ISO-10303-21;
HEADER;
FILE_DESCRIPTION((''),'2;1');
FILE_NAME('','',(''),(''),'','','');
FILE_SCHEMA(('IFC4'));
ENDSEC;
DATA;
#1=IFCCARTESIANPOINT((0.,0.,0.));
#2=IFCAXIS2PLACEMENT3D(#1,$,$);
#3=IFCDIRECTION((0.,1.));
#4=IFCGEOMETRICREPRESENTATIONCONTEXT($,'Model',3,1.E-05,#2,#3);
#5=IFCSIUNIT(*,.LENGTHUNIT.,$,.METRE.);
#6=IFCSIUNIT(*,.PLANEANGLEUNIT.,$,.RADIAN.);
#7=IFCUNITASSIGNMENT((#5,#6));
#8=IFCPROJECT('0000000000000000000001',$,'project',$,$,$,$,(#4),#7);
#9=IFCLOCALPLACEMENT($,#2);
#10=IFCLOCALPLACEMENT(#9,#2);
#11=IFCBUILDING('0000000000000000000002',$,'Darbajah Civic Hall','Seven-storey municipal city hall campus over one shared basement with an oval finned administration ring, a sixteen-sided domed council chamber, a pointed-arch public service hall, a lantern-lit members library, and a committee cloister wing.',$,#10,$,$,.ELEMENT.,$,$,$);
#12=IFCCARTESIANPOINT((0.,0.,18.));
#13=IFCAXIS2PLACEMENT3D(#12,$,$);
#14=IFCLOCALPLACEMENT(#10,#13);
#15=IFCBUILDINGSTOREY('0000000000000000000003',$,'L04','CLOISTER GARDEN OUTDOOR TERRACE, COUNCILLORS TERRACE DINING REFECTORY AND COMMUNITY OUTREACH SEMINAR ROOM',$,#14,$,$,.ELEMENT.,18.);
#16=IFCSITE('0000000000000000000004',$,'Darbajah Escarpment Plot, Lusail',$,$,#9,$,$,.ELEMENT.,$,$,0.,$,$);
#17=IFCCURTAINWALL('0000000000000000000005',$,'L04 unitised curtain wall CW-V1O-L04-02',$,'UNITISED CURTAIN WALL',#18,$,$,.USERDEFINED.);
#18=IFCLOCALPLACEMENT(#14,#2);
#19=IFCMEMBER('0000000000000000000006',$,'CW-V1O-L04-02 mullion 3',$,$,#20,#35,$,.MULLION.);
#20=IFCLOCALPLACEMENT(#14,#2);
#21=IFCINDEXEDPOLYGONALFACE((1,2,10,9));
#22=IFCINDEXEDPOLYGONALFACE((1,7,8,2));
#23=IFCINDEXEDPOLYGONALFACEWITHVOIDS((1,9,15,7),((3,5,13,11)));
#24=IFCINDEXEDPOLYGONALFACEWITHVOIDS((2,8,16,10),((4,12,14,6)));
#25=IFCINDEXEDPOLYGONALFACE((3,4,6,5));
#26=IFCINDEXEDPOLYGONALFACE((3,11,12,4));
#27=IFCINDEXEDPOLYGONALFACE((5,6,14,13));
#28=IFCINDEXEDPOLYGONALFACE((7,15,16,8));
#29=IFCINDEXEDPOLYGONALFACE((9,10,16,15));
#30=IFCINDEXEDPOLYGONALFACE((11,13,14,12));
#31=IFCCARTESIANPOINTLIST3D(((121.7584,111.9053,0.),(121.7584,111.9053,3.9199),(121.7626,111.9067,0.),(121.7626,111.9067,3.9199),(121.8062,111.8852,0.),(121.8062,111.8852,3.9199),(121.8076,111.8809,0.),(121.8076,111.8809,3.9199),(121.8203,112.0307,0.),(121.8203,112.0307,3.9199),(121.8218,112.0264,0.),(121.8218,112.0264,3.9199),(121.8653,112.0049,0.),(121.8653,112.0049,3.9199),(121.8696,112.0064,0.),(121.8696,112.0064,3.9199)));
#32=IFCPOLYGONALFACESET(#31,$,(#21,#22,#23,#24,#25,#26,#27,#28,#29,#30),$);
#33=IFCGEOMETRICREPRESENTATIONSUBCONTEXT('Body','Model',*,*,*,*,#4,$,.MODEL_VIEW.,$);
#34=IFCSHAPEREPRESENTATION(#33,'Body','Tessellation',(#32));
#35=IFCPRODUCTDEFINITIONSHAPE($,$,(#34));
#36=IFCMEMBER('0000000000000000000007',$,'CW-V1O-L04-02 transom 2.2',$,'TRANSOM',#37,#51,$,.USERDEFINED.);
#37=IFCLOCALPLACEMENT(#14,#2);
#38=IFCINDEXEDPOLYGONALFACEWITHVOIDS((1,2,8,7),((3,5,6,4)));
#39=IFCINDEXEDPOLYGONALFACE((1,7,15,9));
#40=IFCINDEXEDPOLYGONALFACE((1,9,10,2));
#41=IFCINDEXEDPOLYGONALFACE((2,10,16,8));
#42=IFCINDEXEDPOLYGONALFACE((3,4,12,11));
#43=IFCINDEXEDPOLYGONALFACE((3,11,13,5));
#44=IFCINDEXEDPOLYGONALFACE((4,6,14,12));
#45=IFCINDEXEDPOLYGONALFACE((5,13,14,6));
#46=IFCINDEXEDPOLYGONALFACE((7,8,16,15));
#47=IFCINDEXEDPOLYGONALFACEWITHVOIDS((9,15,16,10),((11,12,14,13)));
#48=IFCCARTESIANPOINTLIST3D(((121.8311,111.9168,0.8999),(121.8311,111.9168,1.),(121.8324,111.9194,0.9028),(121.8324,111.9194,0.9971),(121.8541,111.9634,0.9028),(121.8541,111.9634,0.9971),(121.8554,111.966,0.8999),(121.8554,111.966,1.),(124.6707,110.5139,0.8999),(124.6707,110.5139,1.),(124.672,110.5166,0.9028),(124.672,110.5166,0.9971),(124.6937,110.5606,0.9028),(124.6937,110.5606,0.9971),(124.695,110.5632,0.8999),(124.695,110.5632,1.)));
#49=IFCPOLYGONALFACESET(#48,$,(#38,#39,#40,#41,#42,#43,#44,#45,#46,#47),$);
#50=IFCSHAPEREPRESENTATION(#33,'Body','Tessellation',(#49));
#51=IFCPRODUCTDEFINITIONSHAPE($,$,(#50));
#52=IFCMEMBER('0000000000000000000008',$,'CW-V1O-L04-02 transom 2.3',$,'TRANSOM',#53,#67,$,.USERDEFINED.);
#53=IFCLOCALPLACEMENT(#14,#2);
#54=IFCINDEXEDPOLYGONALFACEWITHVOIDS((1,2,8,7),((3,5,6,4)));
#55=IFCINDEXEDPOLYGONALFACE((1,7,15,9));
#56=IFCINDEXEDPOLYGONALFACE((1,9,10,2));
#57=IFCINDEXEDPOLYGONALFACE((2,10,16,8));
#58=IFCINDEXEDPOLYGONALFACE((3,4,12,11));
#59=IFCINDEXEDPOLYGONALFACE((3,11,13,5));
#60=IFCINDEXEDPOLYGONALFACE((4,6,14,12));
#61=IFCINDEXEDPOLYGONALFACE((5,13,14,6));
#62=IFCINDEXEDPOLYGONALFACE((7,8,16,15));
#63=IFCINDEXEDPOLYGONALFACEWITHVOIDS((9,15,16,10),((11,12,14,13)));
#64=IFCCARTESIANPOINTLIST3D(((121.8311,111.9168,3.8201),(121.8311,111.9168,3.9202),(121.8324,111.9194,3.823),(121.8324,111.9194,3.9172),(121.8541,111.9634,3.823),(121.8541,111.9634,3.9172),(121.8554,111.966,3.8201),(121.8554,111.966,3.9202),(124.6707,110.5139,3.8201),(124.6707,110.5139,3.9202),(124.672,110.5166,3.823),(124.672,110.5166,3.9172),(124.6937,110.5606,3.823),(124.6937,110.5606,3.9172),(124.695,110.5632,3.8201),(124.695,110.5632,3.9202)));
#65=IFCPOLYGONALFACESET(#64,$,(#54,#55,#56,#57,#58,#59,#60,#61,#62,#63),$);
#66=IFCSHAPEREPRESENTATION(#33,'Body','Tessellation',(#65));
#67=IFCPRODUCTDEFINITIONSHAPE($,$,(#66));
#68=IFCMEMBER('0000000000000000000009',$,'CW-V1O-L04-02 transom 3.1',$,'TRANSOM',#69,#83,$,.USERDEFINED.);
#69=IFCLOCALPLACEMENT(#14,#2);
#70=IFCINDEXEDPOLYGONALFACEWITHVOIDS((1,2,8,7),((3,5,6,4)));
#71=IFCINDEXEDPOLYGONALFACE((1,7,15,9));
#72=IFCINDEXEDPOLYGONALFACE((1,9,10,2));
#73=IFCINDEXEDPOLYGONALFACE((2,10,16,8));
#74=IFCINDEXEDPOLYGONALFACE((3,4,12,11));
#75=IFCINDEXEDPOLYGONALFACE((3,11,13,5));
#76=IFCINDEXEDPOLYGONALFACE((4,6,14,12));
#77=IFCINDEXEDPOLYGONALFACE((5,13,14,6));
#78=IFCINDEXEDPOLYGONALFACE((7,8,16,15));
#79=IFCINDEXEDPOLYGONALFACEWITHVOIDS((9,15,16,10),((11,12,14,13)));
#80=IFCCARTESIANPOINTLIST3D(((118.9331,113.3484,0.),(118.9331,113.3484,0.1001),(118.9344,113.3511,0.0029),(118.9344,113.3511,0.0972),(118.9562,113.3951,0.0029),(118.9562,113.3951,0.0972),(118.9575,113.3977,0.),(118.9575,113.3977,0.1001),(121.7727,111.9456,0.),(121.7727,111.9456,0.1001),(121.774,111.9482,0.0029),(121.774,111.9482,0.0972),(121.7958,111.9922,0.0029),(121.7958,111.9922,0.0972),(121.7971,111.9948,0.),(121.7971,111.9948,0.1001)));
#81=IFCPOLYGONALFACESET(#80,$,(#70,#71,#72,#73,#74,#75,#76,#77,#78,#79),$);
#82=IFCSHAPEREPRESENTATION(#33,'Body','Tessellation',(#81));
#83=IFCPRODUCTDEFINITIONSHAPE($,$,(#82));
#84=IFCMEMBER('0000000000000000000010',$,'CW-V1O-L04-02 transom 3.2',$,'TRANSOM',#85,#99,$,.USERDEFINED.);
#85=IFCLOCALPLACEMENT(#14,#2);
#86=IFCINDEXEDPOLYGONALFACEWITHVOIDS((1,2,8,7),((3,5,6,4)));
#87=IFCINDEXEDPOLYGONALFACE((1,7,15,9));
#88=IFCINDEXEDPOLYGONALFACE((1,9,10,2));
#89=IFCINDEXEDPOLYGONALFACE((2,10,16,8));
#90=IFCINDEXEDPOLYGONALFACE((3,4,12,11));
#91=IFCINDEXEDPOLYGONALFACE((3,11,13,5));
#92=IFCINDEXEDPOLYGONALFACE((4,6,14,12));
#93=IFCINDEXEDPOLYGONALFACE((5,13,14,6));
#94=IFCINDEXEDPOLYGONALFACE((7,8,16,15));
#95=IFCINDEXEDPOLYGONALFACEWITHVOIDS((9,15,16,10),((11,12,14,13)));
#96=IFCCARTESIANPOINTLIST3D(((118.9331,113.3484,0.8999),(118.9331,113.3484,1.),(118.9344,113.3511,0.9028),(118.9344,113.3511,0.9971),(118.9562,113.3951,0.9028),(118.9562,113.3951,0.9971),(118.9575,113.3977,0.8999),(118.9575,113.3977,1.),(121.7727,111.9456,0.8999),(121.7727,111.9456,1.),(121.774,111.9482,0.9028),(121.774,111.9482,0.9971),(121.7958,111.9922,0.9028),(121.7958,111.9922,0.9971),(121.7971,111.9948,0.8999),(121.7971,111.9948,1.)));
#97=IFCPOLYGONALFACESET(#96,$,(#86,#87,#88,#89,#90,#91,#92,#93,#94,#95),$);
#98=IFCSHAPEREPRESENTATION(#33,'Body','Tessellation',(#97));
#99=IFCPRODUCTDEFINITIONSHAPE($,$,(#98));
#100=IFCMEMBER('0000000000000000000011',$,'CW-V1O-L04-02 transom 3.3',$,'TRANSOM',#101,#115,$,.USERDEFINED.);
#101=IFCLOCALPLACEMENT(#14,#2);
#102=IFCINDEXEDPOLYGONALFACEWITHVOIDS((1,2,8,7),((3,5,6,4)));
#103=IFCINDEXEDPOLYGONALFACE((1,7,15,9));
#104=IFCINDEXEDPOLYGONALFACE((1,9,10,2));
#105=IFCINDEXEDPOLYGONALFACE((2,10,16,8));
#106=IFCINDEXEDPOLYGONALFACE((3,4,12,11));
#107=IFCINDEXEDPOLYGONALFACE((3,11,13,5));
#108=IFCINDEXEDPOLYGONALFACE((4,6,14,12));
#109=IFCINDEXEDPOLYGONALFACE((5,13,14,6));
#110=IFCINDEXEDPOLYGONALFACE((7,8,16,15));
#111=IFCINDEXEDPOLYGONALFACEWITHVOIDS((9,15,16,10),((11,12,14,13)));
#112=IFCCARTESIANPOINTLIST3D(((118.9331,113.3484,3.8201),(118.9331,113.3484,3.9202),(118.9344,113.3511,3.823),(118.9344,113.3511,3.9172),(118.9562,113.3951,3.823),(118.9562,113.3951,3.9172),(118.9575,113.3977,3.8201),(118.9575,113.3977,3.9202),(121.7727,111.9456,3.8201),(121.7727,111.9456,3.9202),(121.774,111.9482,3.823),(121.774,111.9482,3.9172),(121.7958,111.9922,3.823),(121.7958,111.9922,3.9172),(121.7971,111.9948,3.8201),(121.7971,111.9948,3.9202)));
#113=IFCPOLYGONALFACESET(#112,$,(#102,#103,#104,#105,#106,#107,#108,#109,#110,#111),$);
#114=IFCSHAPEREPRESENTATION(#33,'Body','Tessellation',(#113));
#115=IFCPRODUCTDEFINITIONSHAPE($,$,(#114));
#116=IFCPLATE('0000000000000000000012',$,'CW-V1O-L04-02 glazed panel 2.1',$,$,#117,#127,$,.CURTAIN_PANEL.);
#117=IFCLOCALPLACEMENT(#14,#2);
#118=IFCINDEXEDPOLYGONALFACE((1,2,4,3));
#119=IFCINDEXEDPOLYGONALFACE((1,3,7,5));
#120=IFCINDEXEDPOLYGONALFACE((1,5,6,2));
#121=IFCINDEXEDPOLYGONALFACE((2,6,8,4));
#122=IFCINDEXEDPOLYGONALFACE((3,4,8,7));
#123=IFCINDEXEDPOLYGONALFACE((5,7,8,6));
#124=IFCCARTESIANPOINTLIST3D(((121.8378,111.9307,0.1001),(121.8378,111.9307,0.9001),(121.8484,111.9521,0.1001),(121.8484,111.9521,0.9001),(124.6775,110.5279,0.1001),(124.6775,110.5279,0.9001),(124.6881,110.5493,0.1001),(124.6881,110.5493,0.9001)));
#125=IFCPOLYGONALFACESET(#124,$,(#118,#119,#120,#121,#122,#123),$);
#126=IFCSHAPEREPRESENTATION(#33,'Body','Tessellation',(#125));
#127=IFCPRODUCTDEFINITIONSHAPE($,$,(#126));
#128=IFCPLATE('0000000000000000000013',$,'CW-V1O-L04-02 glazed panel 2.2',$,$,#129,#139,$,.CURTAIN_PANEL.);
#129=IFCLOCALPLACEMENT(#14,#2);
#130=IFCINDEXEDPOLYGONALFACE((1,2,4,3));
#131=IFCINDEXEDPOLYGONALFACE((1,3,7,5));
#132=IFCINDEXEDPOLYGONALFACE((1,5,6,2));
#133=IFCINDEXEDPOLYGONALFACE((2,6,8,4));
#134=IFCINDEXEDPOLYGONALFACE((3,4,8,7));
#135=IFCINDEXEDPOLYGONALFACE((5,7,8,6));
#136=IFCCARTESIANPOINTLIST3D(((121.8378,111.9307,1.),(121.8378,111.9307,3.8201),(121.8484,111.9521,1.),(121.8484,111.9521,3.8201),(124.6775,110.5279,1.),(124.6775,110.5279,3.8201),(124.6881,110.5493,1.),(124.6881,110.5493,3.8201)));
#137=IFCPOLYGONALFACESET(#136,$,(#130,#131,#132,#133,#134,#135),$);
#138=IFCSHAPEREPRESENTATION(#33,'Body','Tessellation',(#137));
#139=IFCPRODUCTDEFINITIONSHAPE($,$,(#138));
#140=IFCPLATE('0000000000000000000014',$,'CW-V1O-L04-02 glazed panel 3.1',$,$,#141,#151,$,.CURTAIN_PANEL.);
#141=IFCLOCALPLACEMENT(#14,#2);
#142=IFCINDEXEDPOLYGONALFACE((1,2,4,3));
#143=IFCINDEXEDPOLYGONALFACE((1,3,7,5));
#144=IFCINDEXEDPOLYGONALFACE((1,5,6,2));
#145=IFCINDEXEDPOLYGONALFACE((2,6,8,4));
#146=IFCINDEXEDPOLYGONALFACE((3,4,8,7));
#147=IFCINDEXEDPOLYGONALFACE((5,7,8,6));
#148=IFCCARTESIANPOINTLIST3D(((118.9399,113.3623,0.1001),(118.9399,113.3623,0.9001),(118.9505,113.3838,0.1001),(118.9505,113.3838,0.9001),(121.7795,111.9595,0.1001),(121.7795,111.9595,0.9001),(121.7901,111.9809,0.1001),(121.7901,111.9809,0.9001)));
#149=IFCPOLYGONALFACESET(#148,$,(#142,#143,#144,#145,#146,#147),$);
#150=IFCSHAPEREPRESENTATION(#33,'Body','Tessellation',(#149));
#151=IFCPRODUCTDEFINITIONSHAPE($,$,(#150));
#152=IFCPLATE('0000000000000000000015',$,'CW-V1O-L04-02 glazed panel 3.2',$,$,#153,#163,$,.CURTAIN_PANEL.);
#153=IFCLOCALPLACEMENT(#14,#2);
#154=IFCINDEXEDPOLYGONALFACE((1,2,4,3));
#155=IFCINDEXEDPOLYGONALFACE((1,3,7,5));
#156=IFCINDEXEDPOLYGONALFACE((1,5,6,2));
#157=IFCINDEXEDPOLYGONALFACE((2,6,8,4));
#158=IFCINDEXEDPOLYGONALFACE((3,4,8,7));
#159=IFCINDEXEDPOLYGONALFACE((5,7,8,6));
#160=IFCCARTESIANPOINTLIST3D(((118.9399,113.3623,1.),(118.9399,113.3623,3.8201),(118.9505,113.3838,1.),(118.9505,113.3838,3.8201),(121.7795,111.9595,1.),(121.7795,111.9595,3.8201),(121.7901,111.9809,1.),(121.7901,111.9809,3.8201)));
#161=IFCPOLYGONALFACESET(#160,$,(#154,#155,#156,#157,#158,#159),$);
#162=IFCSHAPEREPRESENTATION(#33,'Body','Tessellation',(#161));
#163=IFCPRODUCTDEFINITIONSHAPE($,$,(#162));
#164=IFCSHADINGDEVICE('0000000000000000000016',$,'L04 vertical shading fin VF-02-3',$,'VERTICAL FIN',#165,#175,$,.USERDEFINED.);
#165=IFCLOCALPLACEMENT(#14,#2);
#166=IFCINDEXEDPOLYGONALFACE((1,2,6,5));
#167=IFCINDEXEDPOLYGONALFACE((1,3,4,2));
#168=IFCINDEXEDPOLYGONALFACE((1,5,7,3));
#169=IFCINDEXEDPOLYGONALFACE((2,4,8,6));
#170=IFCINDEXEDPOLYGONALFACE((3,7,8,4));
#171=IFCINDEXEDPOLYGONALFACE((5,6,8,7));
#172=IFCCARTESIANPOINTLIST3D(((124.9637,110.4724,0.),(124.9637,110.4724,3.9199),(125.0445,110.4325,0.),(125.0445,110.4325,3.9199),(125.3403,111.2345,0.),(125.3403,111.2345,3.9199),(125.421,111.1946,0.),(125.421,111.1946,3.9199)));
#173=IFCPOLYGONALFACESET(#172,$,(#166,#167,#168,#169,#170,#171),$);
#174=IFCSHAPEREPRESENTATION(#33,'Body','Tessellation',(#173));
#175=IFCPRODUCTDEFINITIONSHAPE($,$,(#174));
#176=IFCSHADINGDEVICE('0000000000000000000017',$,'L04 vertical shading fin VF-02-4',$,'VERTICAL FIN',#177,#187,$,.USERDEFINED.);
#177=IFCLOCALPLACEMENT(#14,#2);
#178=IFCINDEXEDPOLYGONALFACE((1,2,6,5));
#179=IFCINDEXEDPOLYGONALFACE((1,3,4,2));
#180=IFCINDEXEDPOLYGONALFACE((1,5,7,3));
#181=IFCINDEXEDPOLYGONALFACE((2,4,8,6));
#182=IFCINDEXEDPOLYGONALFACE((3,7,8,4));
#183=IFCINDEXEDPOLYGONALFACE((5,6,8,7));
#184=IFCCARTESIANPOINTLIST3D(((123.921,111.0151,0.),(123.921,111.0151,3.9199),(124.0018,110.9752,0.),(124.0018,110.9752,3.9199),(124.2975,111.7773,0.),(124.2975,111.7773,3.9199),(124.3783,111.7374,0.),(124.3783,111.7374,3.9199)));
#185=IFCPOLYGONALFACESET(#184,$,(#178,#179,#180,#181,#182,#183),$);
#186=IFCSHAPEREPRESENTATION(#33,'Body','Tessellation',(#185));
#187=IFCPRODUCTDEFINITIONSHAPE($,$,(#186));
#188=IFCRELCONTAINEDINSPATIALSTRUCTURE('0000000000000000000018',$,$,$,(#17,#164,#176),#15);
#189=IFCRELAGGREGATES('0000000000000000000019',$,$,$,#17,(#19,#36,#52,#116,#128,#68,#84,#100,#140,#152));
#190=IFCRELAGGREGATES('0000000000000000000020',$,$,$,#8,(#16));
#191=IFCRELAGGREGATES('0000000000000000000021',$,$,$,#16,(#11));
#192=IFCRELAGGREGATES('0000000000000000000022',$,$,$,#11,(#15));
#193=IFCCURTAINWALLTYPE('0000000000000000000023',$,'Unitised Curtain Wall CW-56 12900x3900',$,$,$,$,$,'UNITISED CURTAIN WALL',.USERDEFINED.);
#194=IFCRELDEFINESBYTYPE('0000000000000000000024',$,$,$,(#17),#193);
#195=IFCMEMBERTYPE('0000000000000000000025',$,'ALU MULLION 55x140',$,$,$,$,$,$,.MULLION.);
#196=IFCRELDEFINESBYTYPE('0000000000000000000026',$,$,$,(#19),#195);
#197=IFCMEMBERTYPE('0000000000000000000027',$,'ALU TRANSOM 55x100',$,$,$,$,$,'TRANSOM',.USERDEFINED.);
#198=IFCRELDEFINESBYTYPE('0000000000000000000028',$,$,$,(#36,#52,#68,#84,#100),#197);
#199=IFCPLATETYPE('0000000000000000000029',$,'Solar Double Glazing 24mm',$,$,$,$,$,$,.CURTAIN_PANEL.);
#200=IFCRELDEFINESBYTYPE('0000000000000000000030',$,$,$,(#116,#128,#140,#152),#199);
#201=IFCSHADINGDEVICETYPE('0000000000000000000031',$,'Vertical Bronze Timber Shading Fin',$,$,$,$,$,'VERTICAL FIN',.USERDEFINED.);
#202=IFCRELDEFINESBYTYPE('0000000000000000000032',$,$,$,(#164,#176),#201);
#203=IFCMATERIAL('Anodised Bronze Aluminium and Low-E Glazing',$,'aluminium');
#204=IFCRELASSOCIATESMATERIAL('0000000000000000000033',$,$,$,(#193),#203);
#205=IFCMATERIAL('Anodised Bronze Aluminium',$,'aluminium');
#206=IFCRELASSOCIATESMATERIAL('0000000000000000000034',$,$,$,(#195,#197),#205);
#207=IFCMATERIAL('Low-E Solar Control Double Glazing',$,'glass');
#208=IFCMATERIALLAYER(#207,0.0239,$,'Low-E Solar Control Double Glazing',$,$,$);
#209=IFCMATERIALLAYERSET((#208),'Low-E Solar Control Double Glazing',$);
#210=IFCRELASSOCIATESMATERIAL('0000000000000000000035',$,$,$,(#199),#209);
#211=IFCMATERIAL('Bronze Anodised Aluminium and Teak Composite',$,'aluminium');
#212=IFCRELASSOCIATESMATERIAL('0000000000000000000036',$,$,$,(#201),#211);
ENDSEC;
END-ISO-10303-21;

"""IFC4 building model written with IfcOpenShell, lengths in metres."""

from ifc_helpers import new_model, si_unit, direction, frame, origin, origin_2d, place, context, subcontext, project, spatial, rectangle, hollow_rectangle, extrude, material, layer, layer_set, material_profile, profile_set, type_object, element, aggregate, save


model = new_model("IFC4")

# Units and contexts
model_context = context("Model", 3, precision=1e-05, world=origin(), true_north=direction((0.0, 1.0)))
body_context = subcontext(model_context, "Body", "Model", "MODEL_VIEW")
ifc_project = project(units=[si_unit("LENGTHUNIT", "METRE"), si_unit("PLANEANGLEUNIT", "RADIAN")], contexts=[model_context])

# Site, building, storey
site_placement = place(None, origin())
site = spatial("IfcSite", under=ifc_project, at=site_placement, Name="Darbajah Escarpment Plot, Lusail", CompositionType="ELEMENT", RefElevation=0.0)
building_placement = place(site_placement, origin())
building = spatial("IfcBuilding", under=site, at=building_placement, Name="Darbajah Civic Hall", Description="Seven-storey municipal city hall campus over one shared basement with an oval finned administration ring, a sixteen-sided domed council chamber, a pointed-arch public service hall, a lantern-lit members library, and a committee cloister wing.", CompositionType="ELEMENT")
storey_placement = place(building_placement, frame((0.0, 0.0, 18.0)))
storey = spatial("IfcBuildingStorey", under=building, at=storey_placement, Name="L04", Description="CLOISTER GARDEN OUTDOOR TERRACE, COUNCILLORS TERRACE DINING REFECTORY AND COMMUNITY OUTREACH SEMINAR ROOM", CompositionType="ELEMENT", Elevation=18.0)

# Curtain wall, members, plates
ifc_material_1 = material(Name="Anodised Bronze Aluminium and Low-E Glazing", Category="aluminium")
curtain_wall_type = type_object("IfcCurtainWallType", Name="Unitised Curtain Wall CW-56 12900x3900", ElementType="UNITISED CURTAIN WALL", PredefinedType="USERDEFINED", material=ifc_material_1)
curtain_wall_placement = place(storey_placement, origin())
curtain_wall = element("IfcCurtainWall", 1, at=curtain_wall_placement, inside=storey, type_object=curtain_wall_type, Name="L04 unitised curtain wall CW-V1O-L04-02", ObjectType="UNITISED CURTAIN WALL", PredefinedType="USERDEFINED")
ifc_material_2 = material(Name="Anodised Bronze Aluminium", Category="aluminium")
ifc_material_profile_1 = material_profile(ifc_material_2, hollow_rectangle(XDim=0.0549, YDim=0.1399, WallThickness=0.0032, at=origin_2d()), Name="ALU MULLION 55x140")
ifc_profile_set_1 = profile_set([ifc_material_profile_1], Name="Anodised Bronze Aluminium")
member_type_1 = type_object("IfcMemberType", Name="ALU MULLION 55x140", PredefinedType="MULLION", material=ifc_profile_set_1)
member_1_placement = place(storey_placement, frame((121.814, 111.9558, 0.0), z_axis=(0.0, 0.0, 1.0), x_axis=(-0.896564, 0.442915, 0.0)))
member_1 = element("IfcMember", 2, at=member_1_placement, type_object=member_type_1, Name="CW-V1O-L04-02 mullion 3", PredefinedType="MULLION", context=body_context, shape_type="SweptSolid", body=[
    extrude(hollow_rectangle(XDim=0.0549, YDim=0.1399, WallThickness=0.0032, at=origin_2d()), origin(), (0.0, 0.0, 1.0), 3.9199),
])
ifc_material_profile_2 = material_profile(ifc_material_2, hollow_rectangle(XDim=0.0549, YDim=0.1001, WallThickness=0.0029, at=origin_2d()), Name="ALU TRANSOM 55x100")
ifc_profile_set_2 = profile_set([ifc_material_profile_2], Name="Anodised Bronze Aluminium")
member_type_2 = type_object("IfcMemberType", Name="ALU TRANSOM 55x100", ElementType="TRANSOM", PredefinedType="USERDEFINED", material=ifc_profile_set_2)
member_2_placement = place(storey_placement, frame((124.6829, 110.5386, 0.95), z_axis=(-0.89656, 0.442923, 0.0), x_axis=(-0.442923, -0.89656, 0.0)))
member_2 = element("IfcMember", 3, at=member_2_placement, type_object=member_type_2, Name="CW-V1O-L04-02 transom 2.2", ObjectType="TRANSOM", PredefinedType="USERDEFINED", context=body_context, shape_type="SweptSolid", body=[
    extrude(hollow_rectangle(XDim=0.0549, YDim=0.1001, WallThickness=0.0029, at=origin_2d()), origin(), (0.0, 0.0, 1.0), 3.1672),
])
member_3_placement = place(storey_placement, frame((124.6829, 110.5386, 3.8701), z_axis=(-0.89656, 0.442923, 0.0), x_axis=(-0.442923, -0.89656, 0.0)))
member_3 = element("IfcMember", 4, at=member_3_placement, type_object=member_type_2, Name="CW-V1O-L04-02 transom 2.3", ObjectType="TRANSOM", PredefinedType="USERDEFINED", context=body_context, shape_type="SweptSolid", body=[
    extrude(hollow_rectangle(XDim=0.0549, YDim=0.1001, WallThickness=0.0029, at=origin_2d()), origin(), (0.0, 0.0, 1.0), 3.1672),
])
member_4_placement = place(storey_placement, frame((121.7849, 111.9702, 0.05), z_axis=(-0.89656, 0.442923, 0.0), x_axis=(-0.442923, -0.89656, 0.0)))
member_4 = element("IfcMember", 5, at=member_4_placement, type_object=member_type_2, Name="CW-V1O-L04-02 transom 3.1", ObjectType="TRANSOM", PredefinedType="USERDEFINED", context=body_context, shape_type="SweptSolid", body=[
    extrude(hollow_rectangle(XDim=0.0549, YDim=0.1001, WallThickness=0.0029, at=origin_2d()), origin(), (0.0, 0.0, 1.0), 3.1672),
])
member_5_placement = place(storey_placement, frame((121.7849, 111.9702, 0.95), z_axis=(-0.89656, 0.442923, 0.0), x_axis=(-0.442923, -0.89656, 0.0)))
member_5 = element("IfcMember", 6, at=member_5_placement, type_object=member_type_2, Name="CW-V1O-L04-02 transom 3.2", ObjectType="TRANSOM", PredefinedType="USERDEFINED", context=body_context, shape_type="SweptSolid", body=[
    extrude(hollow_rectangle(XDim=0.0549, YDim=0.1001, WallThickness=0.0029, at=origin_2d()), origin(), (0.0, 0.0, 1.0), 3.1672),
])
member_6_placement = place(storey_placement, frame((121.7849, 111.9702, 3.8701), z_axis=(-0.89656, 0.442923, 0.0), x_axis=(-0.442923, -0.89656, 0.0)))
member_6 = element("IfcMember", 7, at=member_6_placement, type_object=member_type_2, Name="CW-V1O-L04-02 transom 3.3", ObjectType="TRANSOM", PredefinedType="USERDEFINED", context=body_context, shape_type="SweptSolid", body=[
    extrude(hollow_rectangle(XDim=0.0549, YDim=0.1001, WallThickness=0.0029, at=origin_2d()), origin(), (0.0, 0.0, 1.0), 3.1672),
])
ifc_material_3 = material(Name="Low-E Solar Control Double Glazing", Category="glass")
ifc_layer = layer(ifc_material_3, 0.0239, Name="Low-E Solar Control Double Glazing")
ifc_layer_set = layer_set([ifc_layer], Name="Low-E Solar Control Double Glazing")
plate_type = type_object("IfcPlateType", Name="Solar Double Glazing 24mm", PredefinedType="CURTAIN_PANEL", material=ifc_layer_set)
plate_1_placement = place(storey_placement, frame((123.2629, 111.24, 0.1001), z_axis=(0.0, 0.0, 1.0), x_axis=(-0.896564, 0.442915, 0.0)))
plate_1 = element("IfcPlate", 8, at=plate_1_placement, type_object=plate_type, Name="CW-V1O-L04-02 glazed panel 2.1", PredefinedType="CURTAIN_PANEL", context=body_context, shape_type="SweptSolid", body=[
    extrude(rectangle(XDim=3.1672, YDim=0.0239, at=origin_2d()), origin(), (0.0, 0.0, 1.0), 0.8),
])
plate_2_placement = place(storey_placement, frame((123.2629, 111.24, 1.0), z_axis=(0.0, 0.0, 1.0), x_axis=(-0.896564, 0.442915, 0.0)))
plate_2 = element("IfcPlate", 9, at=plate_2_placement, type_object=plate_type, Name="CW-V1O-L04-02 glazed panel 2.2", PredefinedType="CURTAIN_PANEL", context=body_context, shape_type="SweptSolid", body=[
    extrude(rectangle(XDim=3.1672, YDim=0.0239, at=origin_2d()), origin(), (0.0, 0.0, 1.0), 2.8201),
])
plate_3_placement = place(storey_placement, frame((120.365, 112.6716, 0.1001), z_axis=(0.0, 0.0, 1.0), x_axis=(-0.896564, 0.442915, 0.0)))
plate_3 = element("IfcPlate", 10, at=plate_3_placement, type_object=plate_type, Name="CW-V1O-L04-02 glazed panel 3.1", PredefinedType="CURTAIN_PANEL", context=body_context, shape_type="SweptSolid", body=[
    extrude(rectangle(XDim=3.1672, YDim=0.0239, at=origin_2d()), origin(), (0.0, 0.0, 1.0), 0.8),
])
plate_4_placement = place(storey_placement, frame((120.365, 112.6716, 1.0), z_axis=(0.0, 0.0, 1.0), x_axis=(-0.896564, 0.442915, 0.0)))
plate_4 = element("IfcPlate", 11, at=plate_4_placement, type_object=plate_type, Name="CW-V1O-L04-02 glazed panel 3.2", PredefinedType="CURTAIN_PANEL", context=body_context, shape_type="SweptSolid", body=[
    extrude(rectangle(XDim=3.1672, YDim=0.0239, at=origin_2d()), origin(), (0.0, 0.0, 1.0), 2.8201),
])
aggregate(curtain_wall, [member_1, member_2, member_3, plate_1, plate_2, member_4, member_5, member_6, plate_3, plate_4])

# Shading devices
ifc_material_4 = material(Name="Bronze Anodised Aluminium and Teak Composite", Category="aluminium")
shading_device_type = type_object("IfcShadingDeviceType", Name="Vertical Bronze Timber Shading Fin", ElementType="VERTICAL FIN", PredefinedType="USERDEFINED", material=ifc_material_4)
for number, where, z_axis, x_axis, name in (
    (12, (125.1924, 110.8335, 0.0), (0.0, 0.0, 1.0), (0.442915, 0.896564, 0.0), "L04 vertical shading fin VF-02-3"),
    (13, (124.1497, 111.3762, 0.0), (0.0, 0.0, 1.0), (0.442915, 0.896564, 0.0), "L04 vertical shading fin VF-02-4"),
):
    element("IfcShadingDevice", number, at=place(storey_placement, frame(where, z_axis=z_axis, x_axis=x_axis)), inside=storey, type_object=shading_device_type, Name=name, ObjectType="VERTICAL FIN", PredefinedType="USERDEFINED", context=body_context, shape_type="SweptSolid", body=[
        extrude(rectangle(XDim=0.8501, YDim=0.0901, at=origin_2d()), origin(), (0.0, 0.0, 1.0), 3.9199),
    ])

save(model, "model.ifc")
